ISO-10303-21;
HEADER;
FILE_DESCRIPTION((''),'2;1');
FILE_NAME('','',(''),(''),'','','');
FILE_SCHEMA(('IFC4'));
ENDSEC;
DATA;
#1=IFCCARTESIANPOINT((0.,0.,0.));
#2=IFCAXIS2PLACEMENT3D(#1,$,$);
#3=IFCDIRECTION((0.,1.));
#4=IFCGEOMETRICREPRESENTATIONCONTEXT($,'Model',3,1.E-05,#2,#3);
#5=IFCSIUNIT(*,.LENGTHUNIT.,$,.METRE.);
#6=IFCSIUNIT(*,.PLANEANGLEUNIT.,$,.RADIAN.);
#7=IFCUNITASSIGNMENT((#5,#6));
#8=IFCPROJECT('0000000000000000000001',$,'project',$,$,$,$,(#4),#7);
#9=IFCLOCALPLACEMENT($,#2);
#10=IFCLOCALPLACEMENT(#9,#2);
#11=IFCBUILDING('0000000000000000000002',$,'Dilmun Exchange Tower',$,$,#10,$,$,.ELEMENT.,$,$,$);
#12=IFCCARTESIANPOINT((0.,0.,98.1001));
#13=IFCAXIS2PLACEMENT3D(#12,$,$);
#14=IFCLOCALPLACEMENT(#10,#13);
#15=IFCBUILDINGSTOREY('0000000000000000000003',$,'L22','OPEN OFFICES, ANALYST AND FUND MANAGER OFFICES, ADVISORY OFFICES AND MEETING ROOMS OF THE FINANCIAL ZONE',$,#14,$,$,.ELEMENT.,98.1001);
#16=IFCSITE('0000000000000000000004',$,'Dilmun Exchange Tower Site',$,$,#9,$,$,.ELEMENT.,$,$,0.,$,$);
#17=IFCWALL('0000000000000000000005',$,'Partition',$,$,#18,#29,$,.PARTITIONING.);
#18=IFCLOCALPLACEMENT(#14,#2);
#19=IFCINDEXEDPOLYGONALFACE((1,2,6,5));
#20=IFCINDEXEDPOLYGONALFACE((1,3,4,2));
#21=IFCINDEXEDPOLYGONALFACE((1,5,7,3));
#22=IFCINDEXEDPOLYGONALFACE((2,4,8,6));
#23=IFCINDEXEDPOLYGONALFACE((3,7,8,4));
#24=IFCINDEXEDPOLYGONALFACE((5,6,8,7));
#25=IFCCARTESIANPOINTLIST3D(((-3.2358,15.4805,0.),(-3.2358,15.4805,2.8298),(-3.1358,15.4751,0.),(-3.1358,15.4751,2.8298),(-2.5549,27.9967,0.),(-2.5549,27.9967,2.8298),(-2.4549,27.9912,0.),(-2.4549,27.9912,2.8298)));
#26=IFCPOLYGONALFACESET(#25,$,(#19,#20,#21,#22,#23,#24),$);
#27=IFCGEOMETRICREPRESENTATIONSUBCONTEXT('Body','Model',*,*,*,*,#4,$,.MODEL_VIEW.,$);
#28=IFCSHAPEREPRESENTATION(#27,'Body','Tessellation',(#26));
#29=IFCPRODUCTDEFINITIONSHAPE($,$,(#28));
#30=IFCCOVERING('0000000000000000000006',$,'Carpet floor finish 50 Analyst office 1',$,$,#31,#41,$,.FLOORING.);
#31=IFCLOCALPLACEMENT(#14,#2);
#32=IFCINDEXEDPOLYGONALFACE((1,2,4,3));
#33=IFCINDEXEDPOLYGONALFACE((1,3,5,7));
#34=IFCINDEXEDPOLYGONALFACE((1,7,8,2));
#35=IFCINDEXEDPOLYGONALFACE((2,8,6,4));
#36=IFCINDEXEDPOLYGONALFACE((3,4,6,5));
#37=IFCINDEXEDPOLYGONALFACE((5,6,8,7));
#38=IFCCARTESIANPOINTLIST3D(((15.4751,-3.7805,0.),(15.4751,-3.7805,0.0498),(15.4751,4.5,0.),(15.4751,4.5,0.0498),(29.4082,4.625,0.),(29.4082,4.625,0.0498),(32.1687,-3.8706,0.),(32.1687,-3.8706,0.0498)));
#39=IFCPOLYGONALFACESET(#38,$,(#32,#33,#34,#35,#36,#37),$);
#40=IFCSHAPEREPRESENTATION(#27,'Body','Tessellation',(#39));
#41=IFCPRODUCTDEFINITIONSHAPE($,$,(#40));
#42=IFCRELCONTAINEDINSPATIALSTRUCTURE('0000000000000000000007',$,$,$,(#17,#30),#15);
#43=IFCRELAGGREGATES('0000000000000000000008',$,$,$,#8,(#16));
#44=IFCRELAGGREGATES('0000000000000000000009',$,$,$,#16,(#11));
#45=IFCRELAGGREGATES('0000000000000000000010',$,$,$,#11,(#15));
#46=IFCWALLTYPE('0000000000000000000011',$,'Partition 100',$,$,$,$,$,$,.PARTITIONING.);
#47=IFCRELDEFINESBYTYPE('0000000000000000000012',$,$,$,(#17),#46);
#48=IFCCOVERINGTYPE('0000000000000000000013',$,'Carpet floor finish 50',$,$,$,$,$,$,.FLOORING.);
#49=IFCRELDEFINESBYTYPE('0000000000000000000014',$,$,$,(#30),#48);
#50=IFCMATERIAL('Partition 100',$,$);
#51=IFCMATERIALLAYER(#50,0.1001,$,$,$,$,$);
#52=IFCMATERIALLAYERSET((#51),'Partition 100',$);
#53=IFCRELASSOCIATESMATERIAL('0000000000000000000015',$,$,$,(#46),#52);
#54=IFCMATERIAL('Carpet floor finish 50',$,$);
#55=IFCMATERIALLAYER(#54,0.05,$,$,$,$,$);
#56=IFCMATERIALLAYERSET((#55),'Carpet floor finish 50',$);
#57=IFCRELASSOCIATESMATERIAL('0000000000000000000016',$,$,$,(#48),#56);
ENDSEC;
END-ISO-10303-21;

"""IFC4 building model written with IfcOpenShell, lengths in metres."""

from ifc_helpers import new_model, si_unit, direction, frame, frame_2d, origin, place, context, subcontext, project, spatial, polyline, rectangle, outline, extrude, material, layer, layer_set, type_object, element, save


model = new_model("IFC4")

# Units and contexts
model_context = context("Model", 3, precision=1e-05, world=origin(), true_north=direction((0.0, 1.0)))
body_context = subcontext(model_context, "Body", "Model", "MODEL_VIEW")
ifc_project = project(units=[si_unit("LENGTHUNIT", "METRE"), si_unit("PLANEANGLEUNIT", "RADIAN")], contexts=[model_context])

# Site, building, storey
site_placement = place(None, origin())
site = spatial("IfcSite", under=ifc_project, at=site_placement, Name="Dilmun Exchange Tower Site", CompositionType="ELEMENT", RefElevation=0.0)
building_placement = place(site_placement, origin())
building = spatial("IfcBuilding", under=site, at=building_placement, Name="Dilmun Exchange Tower", CompositionType="ELEMENT")
storey_placement = place(building_placement, frame((0.0, 0.0, 98.1001)))
storey = spatial("IfcBuildingStorey", under=building, at=storey_placement, Name="L22", Description="OPEN OFFICES, ANALYST AND FUND MANAGER OFFICES, ADVISORY OFFICES AND MEETING ROOMS OF THE FINANCIAL ZONE", CompositionType="ELEMENT", Elevation=98.1001)

# Wall
ifc_material_1 = material(Name="Partition 100")
ifc_layer_1 = layer(ifc_material_1, 0.1001)
ifc_layer_set_1 = layer_set([ifc_layer_1], Name="Partition 100")
wall_type_1 = type_object("IfcWallType", Name="Partition 100", PredefinedType="PARTITIONING", material=ifc_layer_set_1)
wall_1_placement = place(storey_placement, frame((-3.1858, 15.4778, 0.0), z_axis=(0.0, 0.0, 1.0), x_axis=(0.054322, 0.998523, 0.0)))
element("IfcWall", 1, at=wall_1_placement, inside=storey, type_object=wall_type_1, Name="Partition", PredefinedType="PARTITIONING", context=body_context, shape_type="SweptSolid", body=[
    extrude(rectangle(XDim=12.5347, YDim=0.1001, at=frame_2d((6.2673, 0.0))), origin(), (0.0, 0.0, 1.0), 2.8298),
])

# Covering
ifc_material_2 = material(Name="Carpet floor finish 50")
ifc_layer_2 = layer(ifc_material_2, 0.05)
ifc_layer_set_2 = layer_set([ifc_layer_2], Name="Carpet floor finish 50")
covering_type = type_object("IfcCoveringType", Name="Carpet floor finish 50", PredefinedType="FLOORING", material=ifc_layer_set_2)
covering_placement = place(storey_placement, origin())
element("IfcCovering", 2, at=covering_placement, inside=storey, type_object=covering_type, Name="Carpet floor finish 50 Analyst office 1", PredefinedType="FLOORING", context=body_context, shape_type="SweptSolid", body=[
    extrude(outline(polyline([(15.4751, 4.5), (29.4082, 4.625), (32.1687, -3.8706), (15.4751, -3.7805), (15.4751, 4.5)])), origin(), (0.0, 0.0, 1.0), 0.0498),
])

save(model, "model.ifc")
